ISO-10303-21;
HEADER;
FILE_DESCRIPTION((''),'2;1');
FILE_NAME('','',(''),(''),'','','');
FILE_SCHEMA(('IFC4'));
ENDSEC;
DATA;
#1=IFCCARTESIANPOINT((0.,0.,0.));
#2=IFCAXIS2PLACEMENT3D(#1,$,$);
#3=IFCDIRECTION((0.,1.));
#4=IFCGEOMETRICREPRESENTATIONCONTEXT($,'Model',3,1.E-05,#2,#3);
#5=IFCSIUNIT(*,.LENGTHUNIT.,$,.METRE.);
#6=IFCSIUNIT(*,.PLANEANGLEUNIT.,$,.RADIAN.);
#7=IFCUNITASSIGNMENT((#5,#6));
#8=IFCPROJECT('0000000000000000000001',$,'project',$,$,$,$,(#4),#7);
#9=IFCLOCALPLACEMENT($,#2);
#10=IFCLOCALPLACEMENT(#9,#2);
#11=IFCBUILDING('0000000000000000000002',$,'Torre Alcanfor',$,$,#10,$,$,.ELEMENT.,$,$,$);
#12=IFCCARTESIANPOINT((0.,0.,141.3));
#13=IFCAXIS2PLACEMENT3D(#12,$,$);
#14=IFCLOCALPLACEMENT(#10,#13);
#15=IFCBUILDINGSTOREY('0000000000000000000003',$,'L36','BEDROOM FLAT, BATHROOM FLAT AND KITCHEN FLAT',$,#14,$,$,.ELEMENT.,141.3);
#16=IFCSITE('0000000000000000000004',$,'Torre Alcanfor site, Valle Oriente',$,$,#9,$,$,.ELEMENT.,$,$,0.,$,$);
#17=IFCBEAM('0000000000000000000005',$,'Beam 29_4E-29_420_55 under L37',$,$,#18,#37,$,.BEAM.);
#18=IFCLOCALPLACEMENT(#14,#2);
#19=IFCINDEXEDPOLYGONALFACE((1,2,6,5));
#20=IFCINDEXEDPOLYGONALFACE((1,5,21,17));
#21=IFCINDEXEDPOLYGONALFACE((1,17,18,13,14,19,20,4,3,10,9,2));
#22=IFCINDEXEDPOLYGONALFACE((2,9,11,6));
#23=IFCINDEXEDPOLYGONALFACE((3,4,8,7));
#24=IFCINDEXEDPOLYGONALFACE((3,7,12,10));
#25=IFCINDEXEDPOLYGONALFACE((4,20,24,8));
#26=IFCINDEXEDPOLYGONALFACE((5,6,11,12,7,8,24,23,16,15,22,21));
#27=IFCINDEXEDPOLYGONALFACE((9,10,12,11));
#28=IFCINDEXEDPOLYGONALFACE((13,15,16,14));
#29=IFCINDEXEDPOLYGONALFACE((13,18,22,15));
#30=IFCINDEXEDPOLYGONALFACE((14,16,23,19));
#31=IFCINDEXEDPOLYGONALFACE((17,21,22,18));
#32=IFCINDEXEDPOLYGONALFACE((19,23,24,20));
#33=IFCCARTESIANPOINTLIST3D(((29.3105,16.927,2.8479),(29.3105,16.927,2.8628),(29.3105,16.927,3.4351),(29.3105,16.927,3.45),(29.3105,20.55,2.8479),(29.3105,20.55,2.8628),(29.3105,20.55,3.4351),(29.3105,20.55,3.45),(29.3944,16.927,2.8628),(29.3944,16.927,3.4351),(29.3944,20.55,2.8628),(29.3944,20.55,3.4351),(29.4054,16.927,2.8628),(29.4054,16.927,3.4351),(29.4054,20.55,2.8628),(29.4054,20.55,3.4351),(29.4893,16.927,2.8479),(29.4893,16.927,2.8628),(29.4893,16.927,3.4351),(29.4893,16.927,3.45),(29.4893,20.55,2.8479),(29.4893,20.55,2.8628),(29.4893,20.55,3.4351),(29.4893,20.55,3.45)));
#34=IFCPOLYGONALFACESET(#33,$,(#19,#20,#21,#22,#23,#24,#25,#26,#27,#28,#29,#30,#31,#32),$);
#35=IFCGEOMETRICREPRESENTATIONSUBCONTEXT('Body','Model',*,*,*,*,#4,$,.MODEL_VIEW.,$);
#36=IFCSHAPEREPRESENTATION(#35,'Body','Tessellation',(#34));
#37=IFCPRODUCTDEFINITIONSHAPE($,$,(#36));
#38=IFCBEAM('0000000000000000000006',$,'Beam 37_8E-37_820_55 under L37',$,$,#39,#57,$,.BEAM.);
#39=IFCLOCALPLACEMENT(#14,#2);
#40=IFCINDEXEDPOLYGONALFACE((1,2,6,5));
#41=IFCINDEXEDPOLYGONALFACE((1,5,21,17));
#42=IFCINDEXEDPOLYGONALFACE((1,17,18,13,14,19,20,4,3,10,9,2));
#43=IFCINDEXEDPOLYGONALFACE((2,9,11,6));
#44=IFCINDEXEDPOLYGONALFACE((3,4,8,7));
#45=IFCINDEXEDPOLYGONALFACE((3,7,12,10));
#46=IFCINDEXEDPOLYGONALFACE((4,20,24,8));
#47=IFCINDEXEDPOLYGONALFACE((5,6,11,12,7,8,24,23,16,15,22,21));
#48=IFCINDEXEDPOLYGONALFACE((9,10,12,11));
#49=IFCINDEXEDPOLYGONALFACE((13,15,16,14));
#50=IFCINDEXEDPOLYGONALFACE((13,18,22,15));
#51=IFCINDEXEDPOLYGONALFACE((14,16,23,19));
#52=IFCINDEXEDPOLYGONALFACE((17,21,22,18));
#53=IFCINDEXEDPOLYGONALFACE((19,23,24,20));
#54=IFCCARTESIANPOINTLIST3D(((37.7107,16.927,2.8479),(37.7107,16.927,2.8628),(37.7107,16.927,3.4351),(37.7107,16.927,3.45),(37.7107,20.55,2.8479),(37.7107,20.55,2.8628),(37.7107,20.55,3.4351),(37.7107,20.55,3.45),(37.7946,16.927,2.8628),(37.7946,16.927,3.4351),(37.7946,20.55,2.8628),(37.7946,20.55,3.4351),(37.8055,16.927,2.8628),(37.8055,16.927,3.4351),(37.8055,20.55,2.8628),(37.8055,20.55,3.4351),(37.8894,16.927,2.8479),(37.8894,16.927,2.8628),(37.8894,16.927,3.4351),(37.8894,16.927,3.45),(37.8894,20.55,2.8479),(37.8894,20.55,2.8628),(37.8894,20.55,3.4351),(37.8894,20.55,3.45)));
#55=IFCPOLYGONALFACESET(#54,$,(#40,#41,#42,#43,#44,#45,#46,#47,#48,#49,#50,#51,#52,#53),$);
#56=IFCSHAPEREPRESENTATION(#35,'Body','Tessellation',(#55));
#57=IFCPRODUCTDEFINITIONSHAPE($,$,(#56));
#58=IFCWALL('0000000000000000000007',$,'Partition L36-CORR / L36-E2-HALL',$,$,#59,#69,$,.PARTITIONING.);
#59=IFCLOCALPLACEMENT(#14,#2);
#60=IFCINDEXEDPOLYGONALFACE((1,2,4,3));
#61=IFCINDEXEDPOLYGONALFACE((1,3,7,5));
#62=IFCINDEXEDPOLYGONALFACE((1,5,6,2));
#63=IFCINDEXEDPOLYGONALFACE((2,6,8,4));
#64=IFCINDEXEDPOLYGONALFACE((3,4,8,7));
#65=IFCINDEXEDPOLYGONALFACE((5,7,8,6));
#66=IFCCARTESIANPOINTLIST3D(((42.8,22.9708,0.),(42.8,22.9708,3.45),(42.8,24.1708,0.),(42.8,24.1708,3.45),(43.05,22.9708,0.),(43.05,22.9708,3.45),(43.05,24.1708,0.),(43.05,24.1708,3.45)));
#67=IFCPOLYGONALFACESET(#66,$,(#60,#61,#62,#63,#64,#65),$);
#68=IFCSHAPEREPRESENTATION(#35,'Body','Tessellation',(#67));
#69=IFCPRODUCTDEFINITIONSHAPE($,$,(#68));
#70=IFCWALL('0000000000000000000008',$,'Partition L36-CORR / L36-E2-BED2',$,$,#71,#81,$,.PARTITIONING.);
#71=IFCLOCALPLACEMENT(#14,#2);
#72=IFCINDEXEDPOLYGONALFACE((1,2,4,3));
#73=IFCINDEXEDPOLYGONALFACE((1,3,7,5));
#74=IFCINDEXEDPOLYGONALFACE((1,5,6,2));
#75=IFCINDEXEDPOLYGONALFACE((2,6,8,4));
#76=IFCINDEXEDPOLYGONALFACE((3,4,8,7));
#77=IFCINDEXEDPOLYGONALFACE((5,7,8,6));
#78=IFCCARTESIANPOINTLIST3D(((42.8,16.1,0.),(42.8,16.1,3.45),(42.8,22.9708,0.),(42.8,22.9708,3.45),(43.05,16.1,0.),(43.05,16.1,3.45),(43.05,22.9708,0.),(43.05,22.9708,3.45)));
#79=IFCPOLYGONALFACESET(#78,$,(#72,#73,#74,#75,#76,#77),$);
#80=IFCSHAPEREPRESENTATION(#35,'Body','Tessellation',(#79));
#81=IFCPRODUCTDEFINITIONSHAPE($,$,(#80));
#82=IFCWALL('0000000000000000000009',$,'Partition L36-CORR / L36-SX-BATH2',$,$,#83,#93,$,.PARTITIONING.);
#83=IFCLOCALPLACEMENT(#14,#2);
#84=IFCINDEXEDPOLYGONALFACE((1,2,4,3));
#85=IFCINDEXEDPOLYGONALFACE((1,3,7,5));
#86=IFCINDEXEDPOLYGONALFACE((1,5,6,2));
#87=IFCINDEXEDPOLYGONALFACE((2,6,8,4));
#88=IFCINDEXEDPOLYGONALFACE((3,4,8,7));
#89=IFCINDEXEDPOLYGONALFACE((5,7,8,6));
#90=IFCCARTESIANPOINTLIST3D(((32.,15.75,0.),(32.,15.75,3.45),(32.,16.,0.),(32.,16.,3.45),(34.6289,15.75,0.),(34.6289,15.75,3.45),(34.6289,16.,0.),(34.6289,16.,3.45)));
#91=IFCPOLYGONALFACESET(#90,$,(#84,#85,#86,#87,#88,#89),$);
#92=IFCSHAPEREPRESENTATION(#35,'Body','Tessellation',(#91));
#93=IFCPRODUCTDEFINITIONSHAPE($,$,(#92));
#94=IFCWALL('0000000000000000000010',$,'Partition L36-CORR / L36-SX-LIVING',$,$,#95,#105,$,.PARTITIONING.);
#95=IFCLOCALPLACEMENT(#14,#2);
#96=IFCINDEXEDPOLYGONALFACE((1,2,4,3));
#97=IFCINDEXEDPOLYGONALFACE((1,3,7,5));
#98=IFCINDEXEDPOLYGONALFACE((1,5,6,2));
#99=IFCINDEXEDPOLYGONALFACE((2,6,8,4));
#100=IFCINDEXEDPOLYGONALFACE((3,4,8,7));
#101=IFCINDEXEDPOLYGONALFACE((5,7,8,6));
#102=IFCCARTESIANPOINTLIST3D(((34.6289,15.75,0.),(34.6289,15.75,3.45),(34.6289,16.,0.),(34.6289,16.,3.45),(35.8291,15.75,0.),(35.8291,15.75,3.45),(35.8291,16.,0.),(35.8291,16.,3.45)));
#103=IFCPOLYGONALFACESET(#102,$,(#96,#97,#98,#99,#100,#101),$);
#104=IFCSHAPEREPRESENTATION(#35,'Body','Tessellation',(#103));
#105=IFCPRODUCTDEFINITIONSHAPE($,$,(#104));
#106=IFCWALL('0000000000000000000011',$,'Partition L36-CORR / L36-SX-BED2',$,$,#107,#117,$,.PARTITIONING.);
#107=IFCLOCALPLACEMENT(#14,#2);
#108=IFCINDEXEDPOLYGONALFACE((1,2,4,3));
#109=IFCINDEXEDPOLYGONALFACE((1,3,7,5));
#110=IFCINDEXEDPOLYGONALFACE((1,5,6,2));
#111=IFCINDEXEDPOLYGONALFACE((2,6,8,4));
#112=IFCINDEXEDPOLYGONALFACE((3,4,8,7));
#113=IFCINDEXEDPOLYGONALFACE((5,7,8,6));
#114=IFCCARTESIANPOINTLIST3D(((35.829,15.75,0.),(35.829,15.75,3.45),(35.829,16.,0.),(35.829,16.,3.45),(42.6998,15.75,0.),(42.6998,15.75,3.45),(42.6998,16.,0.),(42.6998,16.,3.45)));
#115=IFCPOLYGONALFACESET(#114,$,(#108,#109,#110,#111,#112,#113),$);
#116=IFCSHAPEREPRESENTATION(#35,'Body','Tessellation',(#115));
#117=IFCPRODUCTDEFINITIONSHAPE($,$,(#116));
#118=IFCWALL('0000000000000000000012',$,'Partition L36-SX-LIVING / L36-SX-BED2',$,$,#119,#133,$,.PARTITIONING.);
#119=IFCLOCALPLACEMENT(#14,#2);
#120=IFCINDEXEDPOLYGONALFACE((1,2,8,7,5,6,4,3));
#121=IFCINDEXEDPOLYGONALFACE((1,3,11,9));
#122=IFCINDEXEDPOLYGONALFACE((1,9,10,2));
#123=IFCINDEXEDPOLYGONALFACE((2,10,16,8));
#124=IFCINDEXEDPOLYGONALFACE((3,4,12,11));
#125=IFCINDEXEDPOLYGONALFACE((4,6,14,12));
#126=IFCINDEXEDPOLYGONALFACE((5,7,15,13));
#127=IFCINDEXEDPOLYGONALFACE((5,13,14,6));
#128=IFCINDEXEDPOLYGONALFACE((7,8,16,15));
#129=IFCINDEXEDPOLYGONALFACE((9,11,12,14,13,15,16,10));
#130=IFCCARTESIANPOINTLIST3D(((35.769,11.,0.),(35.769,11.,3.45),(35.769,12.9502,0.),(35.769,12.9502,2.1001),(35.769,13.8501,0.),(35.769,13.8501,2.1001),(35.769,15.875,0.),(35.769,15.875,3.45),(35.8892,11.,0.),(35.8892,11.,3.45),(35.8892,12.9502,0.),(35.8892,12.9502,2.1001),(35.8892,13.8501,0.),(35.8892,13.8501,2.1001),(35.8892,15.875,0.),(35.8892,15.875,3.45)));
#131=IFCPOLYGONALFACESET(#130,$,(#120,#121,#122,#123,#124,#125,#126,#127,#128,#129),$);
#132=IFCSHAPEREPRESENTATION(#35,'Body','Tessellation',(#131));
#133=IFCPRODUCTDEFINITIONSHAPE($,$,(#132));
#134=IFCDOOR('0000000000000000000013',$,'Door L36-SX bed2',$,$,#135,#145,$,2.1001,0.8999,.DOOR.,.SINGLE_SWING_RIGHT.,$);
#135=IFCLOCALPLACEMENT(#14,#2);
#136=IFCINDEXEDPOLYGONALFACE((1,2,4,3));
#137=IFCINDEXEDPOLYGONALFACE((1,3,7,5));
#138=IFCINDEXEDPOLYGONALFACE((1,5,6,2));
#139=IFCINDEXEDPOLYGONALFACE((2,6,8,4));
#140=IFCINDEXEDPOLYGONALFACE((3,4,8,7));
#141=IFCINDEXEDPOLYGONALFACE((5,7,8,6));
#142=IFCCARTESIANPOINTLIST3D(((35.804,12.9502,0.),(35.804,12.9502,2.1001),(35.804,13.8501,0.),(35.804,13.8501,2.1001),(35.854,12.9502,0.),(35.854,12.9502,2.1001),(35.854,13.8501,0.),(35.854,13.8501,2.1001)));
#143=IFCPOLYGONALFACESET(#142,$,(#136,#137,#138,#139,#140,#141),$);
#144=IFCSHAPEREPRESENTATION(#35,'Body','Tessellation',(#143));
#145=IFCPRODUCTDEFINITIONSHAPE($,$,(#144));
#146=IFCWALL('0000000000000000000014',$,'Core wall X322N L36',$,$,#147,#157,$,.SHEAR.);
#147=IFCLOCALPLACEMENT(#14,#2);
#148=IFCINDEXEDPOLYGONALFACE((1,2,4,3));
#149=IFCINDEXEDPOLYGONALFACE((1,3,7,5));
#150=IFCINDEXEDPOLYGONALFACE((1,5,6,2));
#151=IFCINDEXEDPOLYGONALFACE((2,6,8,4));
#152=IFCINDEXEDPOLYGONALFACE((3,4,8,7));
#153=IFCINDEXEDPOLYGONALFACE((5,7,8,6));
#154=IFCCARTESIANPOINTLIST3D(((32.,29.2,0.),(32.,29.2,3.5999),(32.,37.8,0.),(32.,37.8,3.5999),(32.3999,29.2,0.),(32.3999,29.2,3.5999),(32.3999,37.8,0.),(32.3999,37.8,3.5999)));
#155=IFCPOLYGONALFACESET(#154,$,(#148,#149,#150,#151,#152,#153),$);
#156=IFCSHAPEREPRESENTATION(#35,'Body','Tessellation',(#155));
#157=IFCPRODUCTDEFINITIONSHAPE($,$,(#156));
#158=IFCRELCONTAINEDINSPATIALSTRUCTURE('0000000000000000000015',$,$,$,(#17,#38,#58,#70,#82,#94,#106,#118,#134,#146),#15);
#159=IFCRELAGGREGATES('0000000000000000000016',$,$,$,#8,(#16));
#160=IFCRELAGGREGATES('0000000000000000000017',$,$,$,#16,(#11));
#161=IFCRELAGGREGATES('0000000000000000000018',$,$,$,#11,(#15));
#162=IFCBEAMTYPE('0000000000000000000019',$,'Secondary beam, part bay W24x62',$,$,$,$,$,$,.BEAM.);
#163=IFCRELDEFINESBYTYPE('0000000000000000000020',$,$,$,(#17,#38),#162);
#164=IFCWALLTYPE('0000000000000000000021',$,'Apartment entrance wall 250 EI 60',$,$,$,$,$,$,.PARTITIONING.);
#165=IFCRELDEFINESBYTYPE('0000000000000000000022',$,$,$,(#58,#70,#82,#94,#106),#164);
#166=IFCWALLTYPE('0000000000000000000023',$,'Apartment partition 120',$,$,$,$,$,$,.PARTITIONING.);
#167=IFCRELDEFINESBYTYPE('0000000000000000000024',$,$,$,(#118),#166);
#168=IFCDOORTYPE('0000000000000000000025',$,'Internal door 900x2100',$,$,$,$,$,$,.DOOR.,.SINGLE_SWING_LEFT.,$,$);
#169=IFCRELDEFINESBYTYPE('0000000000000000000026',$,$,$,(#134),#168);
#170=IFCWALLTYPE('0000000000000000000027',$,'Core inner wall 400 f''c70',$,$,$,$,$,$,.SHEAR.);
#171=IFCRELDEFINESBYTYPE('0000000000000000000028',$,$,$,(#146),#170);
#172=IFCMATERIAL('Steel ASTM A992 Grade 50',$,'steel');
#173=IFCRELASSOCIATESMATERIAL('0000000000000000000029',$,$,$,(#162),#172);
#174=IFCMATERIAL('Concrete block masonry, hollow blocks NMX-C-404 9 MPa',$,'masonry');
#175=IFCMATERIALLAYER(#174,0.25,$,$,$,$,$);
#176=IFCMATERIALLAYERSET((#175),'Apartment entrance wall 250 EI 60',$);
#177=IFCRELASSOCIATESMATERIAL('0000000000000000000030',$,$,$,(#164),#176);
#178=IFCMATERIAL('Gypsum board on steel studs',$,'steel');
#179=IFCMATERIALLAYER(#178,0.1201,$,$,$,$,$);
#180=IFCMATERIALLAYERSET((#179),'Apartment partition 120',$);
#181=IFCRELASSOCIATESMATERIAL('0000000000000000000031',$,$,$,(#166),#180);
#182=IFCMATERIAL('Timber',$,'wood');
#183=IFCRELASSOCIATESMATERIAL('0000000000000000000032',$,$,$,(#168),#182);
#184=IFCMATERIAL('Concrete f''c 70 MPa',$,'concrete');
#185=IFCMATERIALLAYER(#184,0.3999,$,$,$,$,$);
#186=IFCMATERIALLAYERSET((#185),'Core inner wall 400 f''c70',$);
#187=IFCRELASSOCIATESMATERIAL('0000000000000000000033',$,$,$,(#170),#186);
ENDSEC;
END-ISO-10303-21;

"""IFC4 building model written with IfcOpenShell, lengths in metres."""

from ifc_helpers import new_model, si_unit, direction, frame, frame_2d, origin, origin_2d, place, context, subcontext, project, spatial, rectangle, i_section, extrude, material, layer, layer_set, material_profile, profile_set, type_object, element, fill, save


model = new_model("IFC4")

# Units and contexts
model_context = context("Model", 3, precision=1e-05, world=origin(), true_north=direction((0.0, 1.0)))
body_context = subcontext(model_context, "Body", "Model", "MODEL_VIEW")
ifc_project = project(units=[si_unit("LENGTHUNIT", "METRE"), si_unit("PLANEANGLEUNIT", "RADIAN")], contexts=[model_context])

# Site, building, storey
site_placement = place(None, origin())
site = spatial("IfcSite", under=ifc_project, at=site_placement, Name="Torre Alcanfor site, Valle Oriente", CompositionType="ELEMENT", RefElevation=0.0)
building_placement = place(site_placement, origin())
building = spatial("IfcBuilding", under=site, at=building_placement, Name="Torre Alcanfor", CompositionType="ELEMENT")
storey_placement = place(building_placement, frame((0.0, 0.0, 141.3)))
storey = spatial("IfcBuildingStorey", under=building, at=storey_placement, Name="L36", Description="BEDROOM FLAT, BATHROOM FLAT AND KITCHEN FLAT", CompositionType="ELEMENT", Elevation=141.3)

# Beams
ifc_material_1 = material(Name="Steel ASTM A992 Grade 50", Category="steel")
ifc_material_profile_1 = material_profile(ifc_material_1, i_section(OverallWidth=0.1787, OverallDepth=0.6021, WebThickness=0.011, FlangeThickness=0.0149, at=origin_2d()), Name="W24x62")
ifc_profile_set_1 = profile_set([ifc_material_profile_1], Name="Steel ASTM A992 Grade 50")
beam_type_1 = type_object("IfcBeamType", Name="Secondary beam, part bay W24x62", PredefinedType="BEAM", material=ifc_profile_set_1)
for number, where, z_axis, x_axis, name in (
    (1, (29.3999, 16.927, 3.1489), (0.0, 1.0, 0.0), (-1.0, 0.0, 0.0), "Beam 29_4E-29_420_55 under L37"),
    (2, (37.8, 16.927, 3.1489), (0.0, 1.0, 0.0), (-1.0, 0.0, 0.0), "Beam 37_8E-37_820_55 under L37"),
):
    element("IfcBeam", number, at=place(storey_placement, frame(where, z_axis=z_axis, x_axis=x_axis)), inside=storey, type_object=beam_type_1, Name=name, PredefinedType="BEAM", context=body_context, shape_type="SweptSolid", body=[
        extrude(i_section(OverallWidth=0.1787, OverallDepth=0.6021, WebThickness=0.011, FlangeThickness=0.0149, at=origin_2d()), origin(), (0.0, 0.0, 1.0), 3.623),
    ])

# Walls
ifc_material_2 = material(Name="Concrete block masonry, hollow blocks NMX-C-404 9 MPa", Category="masonry")
ifc_layer_1 = layer(ifc_material_2, 0.25)
ifc_layer_set_1 = layer_set([ifc_layer_1], Name="Apartment entrance wall 250 EI 60")
wall_type_1 = type_object("IfcWallType", Name="Apartment entrance wall 250 EI 60", PredefinedType="PARTITIONING", material=ifc_layer_set_1)
wall_1_placement = place(storey_placement, frame((42.925, 24.1709, 0.0), z_axis=(0.0, 0.0, 1.0), x_axis=(0.0, -1.0, 0.0)))
element("IfcWall", 3, at=wall_1_placement, inside=storey, type_object=wall_type_1, Name="Partition L36-CORR / L36-E2-HALL", PredefinedType="PARTITIONING", context=body_context, shape_type="SweptSolid", body=[
    extrude(rectangle(XDim=1.2, YDim=0.25, at=frame_2d((0.6001, 0.0))), origin(), (0.0, 0.0, 1.0), 3.45),
])
wall_2_placement = place(storey_placement, frame((42.925, 22.9709, 0.0), z_axis=(0.0, 0.0, 1.0), x_axis=(0.0, -1.0, 0.0)))
element("IfcWall", 4, at=wall_2_placement, inside=storey, type_object=wall_type_1, Name="Partition L36-CORR / L36-E2-BED2", PredefinedType="PARTITIONING", context=body_context, shape_type="SweptSolid", body=[
    extrude(rectangle(XDim=6.8708, YDim=0.25, at=frame_2d((3.4355, 0.0))), origin(), (0.0, 0.0, 1.0), 3.45),
])
wall_3_placement = place(storey_placement, frame((34.6289, 15.875, 0.0), z_axis=(0.0, 0.0, 1.0), x_axis=(-1.0, 0.0, 0.0)))
element("IfcWall", 5, at=wall_3_placement, inside=storey, type_object=wall_type_1, Name="Partition L36-CORR / L36-SX-BATH2", PredefinedType="PARTITIONING", context=body_context, shape_type="SweptSolid", body=[
    extrude(rectangle(XDim=2.6289, YDim=0.25, at=frame_2d((1.3145, 0.0))), origin(), (0.0, 0.0, 1.0), 3.45),
])
wall_4_placement = place(storey_placement, frame((35.8291, 15.875, 0.0), z_axis=(0.0, 0.0, 1.0), x_axis=(-1.0, 0.0, 0.0)))
element("IfcWall", 6, at=wall_4_placement, inside=storey, type_object=wall_type_1, Name="Partition L36-CORR / L36-SX-LIVING", PredefinedType="PARTITIONING", context=body_context, shape_type="SweptSolid", body=[
    extrude(rectangle(XDim=1.2002, YDim=0.25, at=frame_2d((0.6001, 0.0))), origin(), (0.0, 0.0, 1.0), 3.45),
])
wall_5_placement = place(storey_placement, frame((42.7, 15.875, 0.0), z_axis=(0.0, 0.0, 1.0), x_axis=(-1.0, 0.0, 0.0)))
element("IfcWall", 7, at=wall_5_placement, inside=storey, type_object=wall_type_1, Name="Partition L36-CORR / L36-SX-BED2", PredefinedType="PARTITIONING", context=body_context, shape_type="SweptSolid", body=[
    extrude(rectangle(XDim=6.8708, YDim=0.25, at=frame_2d((3.4355, 0.0))), origin(), (0.0, 0.0, 1.0), 3.45),
])

# Wall, opening, door
ifc_material_3 = material(Name="Gypsum board on steel studs", Category="steel")
ifc_layer_2 = layer(ifc_material_3, 0.1201)
ifc_layer_set_2 = layer_set([ifc_layer_2], Name="Apartment partition 120")
wall_type_2 = type_object("IfcWallType", Name="Apartment partition 120", PredefinedType="PARTITIONING", material=ifc_layer_set_2)
wall_6_placement = place(storey_placement, frame((35.8291, 15.875, 0.0), z_axis=(0.0, 0.0, 1.0), x_axis=(0.0, -1.0, 0.0)))
wall_6 = element("IfcWall", 8, at=wall_6_placement, inside=storey, type_object=wall_type_2, Name="Partition L36-SX-LIVING / L36-SX-BED2", PredefinedType="PARTITIONING", context=body_context, shape_type="SweptSolid", body=[
    extrude(rectangle(XDim=4.875, YDim=0.1201, at=frame_2d((2.4375, 0.0))), origin(), (0.0, 0.0, 1.0), 3.45),
])
opening_1_placement = place(wall_6_placement, frame((2.0249, 0.0, 0.0)))
opening_1 = element("IfcOpeningElement", 9, at=opening_1_placement, cuts=wall_6, PredefinedType="OPENING", context=body_context, shape_type="SweptSolid", body=[
    extrude(rectangle(XDim=0.8999, YDim=2.1001, at=frame_2d((0.45, 1.05))), frame((0.0, 0.0701, 0.0), z_axis=(0.0, -1.0, 0.0), x_axis=(1.0, 0.0, 0.0)), (0.0, 0.0, 1.0), 0.1401),
])
ifc_material_4 = material(Name="Timber", Category="wood")
door_type_1 = type_object("IfcDoorType", Name="Internal door 900x2100", OperationType="SINGLE_SWING_LEFT", PredefinedType="DOOR", material=ifc_material_4)
door_1_placement = place(opening_1_placement, origin())
door_1 = element("IfcDoor", 10, at=door_1_placement, inside=storey, type_object=door_type_1, Name="Door L36-SX bed2", OperationType="SINGLE_SWING_RIGHT", OverallHeight=2.1001, OverallWidth=0.8999, PredefinedType="DOOR", context=body_context, shape_type="SweptSolid", body=[
    extrude(rectangle(XDim=0.8999, YDim=2.1001, at=frame_2d((0.45, 1.05))), frame((0.0, 0.0249, 0.0), z_axis=(0.0, -1.0, 0.0), x_axis=(1.0, 0.0, 0.0)), (0.0, 0.0, 1.0), 0.05),
])
fill(opening_1, door_1)

# Wall
ifc_material_5 = material(Name="Concrete f'c 70 MPa", Category="concrete")
ifc_layer_3 = layer(ifc_material_5, 0.3999)
ifc_layer_set_3 = layer_set([ifc_layer_3], Name="Core inner wall 400 f'c70")
wall_type_3 = type_object("IfcWallType", Name="Core inner wall 400 f'c70", PredefinedType="SHEAR", material=ifc_layer_set_3)
wall_7_placement = place(storey_placement, frame((32.2, 29.2, 0.0), z_axis=(0.0, 0.0, 1.0), x_axis=(0.0, 1.0, 0.0)))
element("IfcWall", 11, at=wall_7_placement, inside=storey, type_object=wall_type_3, Name="Core wall X322N L36", PredefinedType="SHEAR", context=body_context, shape_type="SweptSolid", body=[
    extrude(rectangle(XDim=8.6001, YDim=0.3999, at=frame_2d((4.3, 0.0))), origin(), (0.0, 0.0, 1.0), 3.5999),
])

save(model, "model.ifc")
